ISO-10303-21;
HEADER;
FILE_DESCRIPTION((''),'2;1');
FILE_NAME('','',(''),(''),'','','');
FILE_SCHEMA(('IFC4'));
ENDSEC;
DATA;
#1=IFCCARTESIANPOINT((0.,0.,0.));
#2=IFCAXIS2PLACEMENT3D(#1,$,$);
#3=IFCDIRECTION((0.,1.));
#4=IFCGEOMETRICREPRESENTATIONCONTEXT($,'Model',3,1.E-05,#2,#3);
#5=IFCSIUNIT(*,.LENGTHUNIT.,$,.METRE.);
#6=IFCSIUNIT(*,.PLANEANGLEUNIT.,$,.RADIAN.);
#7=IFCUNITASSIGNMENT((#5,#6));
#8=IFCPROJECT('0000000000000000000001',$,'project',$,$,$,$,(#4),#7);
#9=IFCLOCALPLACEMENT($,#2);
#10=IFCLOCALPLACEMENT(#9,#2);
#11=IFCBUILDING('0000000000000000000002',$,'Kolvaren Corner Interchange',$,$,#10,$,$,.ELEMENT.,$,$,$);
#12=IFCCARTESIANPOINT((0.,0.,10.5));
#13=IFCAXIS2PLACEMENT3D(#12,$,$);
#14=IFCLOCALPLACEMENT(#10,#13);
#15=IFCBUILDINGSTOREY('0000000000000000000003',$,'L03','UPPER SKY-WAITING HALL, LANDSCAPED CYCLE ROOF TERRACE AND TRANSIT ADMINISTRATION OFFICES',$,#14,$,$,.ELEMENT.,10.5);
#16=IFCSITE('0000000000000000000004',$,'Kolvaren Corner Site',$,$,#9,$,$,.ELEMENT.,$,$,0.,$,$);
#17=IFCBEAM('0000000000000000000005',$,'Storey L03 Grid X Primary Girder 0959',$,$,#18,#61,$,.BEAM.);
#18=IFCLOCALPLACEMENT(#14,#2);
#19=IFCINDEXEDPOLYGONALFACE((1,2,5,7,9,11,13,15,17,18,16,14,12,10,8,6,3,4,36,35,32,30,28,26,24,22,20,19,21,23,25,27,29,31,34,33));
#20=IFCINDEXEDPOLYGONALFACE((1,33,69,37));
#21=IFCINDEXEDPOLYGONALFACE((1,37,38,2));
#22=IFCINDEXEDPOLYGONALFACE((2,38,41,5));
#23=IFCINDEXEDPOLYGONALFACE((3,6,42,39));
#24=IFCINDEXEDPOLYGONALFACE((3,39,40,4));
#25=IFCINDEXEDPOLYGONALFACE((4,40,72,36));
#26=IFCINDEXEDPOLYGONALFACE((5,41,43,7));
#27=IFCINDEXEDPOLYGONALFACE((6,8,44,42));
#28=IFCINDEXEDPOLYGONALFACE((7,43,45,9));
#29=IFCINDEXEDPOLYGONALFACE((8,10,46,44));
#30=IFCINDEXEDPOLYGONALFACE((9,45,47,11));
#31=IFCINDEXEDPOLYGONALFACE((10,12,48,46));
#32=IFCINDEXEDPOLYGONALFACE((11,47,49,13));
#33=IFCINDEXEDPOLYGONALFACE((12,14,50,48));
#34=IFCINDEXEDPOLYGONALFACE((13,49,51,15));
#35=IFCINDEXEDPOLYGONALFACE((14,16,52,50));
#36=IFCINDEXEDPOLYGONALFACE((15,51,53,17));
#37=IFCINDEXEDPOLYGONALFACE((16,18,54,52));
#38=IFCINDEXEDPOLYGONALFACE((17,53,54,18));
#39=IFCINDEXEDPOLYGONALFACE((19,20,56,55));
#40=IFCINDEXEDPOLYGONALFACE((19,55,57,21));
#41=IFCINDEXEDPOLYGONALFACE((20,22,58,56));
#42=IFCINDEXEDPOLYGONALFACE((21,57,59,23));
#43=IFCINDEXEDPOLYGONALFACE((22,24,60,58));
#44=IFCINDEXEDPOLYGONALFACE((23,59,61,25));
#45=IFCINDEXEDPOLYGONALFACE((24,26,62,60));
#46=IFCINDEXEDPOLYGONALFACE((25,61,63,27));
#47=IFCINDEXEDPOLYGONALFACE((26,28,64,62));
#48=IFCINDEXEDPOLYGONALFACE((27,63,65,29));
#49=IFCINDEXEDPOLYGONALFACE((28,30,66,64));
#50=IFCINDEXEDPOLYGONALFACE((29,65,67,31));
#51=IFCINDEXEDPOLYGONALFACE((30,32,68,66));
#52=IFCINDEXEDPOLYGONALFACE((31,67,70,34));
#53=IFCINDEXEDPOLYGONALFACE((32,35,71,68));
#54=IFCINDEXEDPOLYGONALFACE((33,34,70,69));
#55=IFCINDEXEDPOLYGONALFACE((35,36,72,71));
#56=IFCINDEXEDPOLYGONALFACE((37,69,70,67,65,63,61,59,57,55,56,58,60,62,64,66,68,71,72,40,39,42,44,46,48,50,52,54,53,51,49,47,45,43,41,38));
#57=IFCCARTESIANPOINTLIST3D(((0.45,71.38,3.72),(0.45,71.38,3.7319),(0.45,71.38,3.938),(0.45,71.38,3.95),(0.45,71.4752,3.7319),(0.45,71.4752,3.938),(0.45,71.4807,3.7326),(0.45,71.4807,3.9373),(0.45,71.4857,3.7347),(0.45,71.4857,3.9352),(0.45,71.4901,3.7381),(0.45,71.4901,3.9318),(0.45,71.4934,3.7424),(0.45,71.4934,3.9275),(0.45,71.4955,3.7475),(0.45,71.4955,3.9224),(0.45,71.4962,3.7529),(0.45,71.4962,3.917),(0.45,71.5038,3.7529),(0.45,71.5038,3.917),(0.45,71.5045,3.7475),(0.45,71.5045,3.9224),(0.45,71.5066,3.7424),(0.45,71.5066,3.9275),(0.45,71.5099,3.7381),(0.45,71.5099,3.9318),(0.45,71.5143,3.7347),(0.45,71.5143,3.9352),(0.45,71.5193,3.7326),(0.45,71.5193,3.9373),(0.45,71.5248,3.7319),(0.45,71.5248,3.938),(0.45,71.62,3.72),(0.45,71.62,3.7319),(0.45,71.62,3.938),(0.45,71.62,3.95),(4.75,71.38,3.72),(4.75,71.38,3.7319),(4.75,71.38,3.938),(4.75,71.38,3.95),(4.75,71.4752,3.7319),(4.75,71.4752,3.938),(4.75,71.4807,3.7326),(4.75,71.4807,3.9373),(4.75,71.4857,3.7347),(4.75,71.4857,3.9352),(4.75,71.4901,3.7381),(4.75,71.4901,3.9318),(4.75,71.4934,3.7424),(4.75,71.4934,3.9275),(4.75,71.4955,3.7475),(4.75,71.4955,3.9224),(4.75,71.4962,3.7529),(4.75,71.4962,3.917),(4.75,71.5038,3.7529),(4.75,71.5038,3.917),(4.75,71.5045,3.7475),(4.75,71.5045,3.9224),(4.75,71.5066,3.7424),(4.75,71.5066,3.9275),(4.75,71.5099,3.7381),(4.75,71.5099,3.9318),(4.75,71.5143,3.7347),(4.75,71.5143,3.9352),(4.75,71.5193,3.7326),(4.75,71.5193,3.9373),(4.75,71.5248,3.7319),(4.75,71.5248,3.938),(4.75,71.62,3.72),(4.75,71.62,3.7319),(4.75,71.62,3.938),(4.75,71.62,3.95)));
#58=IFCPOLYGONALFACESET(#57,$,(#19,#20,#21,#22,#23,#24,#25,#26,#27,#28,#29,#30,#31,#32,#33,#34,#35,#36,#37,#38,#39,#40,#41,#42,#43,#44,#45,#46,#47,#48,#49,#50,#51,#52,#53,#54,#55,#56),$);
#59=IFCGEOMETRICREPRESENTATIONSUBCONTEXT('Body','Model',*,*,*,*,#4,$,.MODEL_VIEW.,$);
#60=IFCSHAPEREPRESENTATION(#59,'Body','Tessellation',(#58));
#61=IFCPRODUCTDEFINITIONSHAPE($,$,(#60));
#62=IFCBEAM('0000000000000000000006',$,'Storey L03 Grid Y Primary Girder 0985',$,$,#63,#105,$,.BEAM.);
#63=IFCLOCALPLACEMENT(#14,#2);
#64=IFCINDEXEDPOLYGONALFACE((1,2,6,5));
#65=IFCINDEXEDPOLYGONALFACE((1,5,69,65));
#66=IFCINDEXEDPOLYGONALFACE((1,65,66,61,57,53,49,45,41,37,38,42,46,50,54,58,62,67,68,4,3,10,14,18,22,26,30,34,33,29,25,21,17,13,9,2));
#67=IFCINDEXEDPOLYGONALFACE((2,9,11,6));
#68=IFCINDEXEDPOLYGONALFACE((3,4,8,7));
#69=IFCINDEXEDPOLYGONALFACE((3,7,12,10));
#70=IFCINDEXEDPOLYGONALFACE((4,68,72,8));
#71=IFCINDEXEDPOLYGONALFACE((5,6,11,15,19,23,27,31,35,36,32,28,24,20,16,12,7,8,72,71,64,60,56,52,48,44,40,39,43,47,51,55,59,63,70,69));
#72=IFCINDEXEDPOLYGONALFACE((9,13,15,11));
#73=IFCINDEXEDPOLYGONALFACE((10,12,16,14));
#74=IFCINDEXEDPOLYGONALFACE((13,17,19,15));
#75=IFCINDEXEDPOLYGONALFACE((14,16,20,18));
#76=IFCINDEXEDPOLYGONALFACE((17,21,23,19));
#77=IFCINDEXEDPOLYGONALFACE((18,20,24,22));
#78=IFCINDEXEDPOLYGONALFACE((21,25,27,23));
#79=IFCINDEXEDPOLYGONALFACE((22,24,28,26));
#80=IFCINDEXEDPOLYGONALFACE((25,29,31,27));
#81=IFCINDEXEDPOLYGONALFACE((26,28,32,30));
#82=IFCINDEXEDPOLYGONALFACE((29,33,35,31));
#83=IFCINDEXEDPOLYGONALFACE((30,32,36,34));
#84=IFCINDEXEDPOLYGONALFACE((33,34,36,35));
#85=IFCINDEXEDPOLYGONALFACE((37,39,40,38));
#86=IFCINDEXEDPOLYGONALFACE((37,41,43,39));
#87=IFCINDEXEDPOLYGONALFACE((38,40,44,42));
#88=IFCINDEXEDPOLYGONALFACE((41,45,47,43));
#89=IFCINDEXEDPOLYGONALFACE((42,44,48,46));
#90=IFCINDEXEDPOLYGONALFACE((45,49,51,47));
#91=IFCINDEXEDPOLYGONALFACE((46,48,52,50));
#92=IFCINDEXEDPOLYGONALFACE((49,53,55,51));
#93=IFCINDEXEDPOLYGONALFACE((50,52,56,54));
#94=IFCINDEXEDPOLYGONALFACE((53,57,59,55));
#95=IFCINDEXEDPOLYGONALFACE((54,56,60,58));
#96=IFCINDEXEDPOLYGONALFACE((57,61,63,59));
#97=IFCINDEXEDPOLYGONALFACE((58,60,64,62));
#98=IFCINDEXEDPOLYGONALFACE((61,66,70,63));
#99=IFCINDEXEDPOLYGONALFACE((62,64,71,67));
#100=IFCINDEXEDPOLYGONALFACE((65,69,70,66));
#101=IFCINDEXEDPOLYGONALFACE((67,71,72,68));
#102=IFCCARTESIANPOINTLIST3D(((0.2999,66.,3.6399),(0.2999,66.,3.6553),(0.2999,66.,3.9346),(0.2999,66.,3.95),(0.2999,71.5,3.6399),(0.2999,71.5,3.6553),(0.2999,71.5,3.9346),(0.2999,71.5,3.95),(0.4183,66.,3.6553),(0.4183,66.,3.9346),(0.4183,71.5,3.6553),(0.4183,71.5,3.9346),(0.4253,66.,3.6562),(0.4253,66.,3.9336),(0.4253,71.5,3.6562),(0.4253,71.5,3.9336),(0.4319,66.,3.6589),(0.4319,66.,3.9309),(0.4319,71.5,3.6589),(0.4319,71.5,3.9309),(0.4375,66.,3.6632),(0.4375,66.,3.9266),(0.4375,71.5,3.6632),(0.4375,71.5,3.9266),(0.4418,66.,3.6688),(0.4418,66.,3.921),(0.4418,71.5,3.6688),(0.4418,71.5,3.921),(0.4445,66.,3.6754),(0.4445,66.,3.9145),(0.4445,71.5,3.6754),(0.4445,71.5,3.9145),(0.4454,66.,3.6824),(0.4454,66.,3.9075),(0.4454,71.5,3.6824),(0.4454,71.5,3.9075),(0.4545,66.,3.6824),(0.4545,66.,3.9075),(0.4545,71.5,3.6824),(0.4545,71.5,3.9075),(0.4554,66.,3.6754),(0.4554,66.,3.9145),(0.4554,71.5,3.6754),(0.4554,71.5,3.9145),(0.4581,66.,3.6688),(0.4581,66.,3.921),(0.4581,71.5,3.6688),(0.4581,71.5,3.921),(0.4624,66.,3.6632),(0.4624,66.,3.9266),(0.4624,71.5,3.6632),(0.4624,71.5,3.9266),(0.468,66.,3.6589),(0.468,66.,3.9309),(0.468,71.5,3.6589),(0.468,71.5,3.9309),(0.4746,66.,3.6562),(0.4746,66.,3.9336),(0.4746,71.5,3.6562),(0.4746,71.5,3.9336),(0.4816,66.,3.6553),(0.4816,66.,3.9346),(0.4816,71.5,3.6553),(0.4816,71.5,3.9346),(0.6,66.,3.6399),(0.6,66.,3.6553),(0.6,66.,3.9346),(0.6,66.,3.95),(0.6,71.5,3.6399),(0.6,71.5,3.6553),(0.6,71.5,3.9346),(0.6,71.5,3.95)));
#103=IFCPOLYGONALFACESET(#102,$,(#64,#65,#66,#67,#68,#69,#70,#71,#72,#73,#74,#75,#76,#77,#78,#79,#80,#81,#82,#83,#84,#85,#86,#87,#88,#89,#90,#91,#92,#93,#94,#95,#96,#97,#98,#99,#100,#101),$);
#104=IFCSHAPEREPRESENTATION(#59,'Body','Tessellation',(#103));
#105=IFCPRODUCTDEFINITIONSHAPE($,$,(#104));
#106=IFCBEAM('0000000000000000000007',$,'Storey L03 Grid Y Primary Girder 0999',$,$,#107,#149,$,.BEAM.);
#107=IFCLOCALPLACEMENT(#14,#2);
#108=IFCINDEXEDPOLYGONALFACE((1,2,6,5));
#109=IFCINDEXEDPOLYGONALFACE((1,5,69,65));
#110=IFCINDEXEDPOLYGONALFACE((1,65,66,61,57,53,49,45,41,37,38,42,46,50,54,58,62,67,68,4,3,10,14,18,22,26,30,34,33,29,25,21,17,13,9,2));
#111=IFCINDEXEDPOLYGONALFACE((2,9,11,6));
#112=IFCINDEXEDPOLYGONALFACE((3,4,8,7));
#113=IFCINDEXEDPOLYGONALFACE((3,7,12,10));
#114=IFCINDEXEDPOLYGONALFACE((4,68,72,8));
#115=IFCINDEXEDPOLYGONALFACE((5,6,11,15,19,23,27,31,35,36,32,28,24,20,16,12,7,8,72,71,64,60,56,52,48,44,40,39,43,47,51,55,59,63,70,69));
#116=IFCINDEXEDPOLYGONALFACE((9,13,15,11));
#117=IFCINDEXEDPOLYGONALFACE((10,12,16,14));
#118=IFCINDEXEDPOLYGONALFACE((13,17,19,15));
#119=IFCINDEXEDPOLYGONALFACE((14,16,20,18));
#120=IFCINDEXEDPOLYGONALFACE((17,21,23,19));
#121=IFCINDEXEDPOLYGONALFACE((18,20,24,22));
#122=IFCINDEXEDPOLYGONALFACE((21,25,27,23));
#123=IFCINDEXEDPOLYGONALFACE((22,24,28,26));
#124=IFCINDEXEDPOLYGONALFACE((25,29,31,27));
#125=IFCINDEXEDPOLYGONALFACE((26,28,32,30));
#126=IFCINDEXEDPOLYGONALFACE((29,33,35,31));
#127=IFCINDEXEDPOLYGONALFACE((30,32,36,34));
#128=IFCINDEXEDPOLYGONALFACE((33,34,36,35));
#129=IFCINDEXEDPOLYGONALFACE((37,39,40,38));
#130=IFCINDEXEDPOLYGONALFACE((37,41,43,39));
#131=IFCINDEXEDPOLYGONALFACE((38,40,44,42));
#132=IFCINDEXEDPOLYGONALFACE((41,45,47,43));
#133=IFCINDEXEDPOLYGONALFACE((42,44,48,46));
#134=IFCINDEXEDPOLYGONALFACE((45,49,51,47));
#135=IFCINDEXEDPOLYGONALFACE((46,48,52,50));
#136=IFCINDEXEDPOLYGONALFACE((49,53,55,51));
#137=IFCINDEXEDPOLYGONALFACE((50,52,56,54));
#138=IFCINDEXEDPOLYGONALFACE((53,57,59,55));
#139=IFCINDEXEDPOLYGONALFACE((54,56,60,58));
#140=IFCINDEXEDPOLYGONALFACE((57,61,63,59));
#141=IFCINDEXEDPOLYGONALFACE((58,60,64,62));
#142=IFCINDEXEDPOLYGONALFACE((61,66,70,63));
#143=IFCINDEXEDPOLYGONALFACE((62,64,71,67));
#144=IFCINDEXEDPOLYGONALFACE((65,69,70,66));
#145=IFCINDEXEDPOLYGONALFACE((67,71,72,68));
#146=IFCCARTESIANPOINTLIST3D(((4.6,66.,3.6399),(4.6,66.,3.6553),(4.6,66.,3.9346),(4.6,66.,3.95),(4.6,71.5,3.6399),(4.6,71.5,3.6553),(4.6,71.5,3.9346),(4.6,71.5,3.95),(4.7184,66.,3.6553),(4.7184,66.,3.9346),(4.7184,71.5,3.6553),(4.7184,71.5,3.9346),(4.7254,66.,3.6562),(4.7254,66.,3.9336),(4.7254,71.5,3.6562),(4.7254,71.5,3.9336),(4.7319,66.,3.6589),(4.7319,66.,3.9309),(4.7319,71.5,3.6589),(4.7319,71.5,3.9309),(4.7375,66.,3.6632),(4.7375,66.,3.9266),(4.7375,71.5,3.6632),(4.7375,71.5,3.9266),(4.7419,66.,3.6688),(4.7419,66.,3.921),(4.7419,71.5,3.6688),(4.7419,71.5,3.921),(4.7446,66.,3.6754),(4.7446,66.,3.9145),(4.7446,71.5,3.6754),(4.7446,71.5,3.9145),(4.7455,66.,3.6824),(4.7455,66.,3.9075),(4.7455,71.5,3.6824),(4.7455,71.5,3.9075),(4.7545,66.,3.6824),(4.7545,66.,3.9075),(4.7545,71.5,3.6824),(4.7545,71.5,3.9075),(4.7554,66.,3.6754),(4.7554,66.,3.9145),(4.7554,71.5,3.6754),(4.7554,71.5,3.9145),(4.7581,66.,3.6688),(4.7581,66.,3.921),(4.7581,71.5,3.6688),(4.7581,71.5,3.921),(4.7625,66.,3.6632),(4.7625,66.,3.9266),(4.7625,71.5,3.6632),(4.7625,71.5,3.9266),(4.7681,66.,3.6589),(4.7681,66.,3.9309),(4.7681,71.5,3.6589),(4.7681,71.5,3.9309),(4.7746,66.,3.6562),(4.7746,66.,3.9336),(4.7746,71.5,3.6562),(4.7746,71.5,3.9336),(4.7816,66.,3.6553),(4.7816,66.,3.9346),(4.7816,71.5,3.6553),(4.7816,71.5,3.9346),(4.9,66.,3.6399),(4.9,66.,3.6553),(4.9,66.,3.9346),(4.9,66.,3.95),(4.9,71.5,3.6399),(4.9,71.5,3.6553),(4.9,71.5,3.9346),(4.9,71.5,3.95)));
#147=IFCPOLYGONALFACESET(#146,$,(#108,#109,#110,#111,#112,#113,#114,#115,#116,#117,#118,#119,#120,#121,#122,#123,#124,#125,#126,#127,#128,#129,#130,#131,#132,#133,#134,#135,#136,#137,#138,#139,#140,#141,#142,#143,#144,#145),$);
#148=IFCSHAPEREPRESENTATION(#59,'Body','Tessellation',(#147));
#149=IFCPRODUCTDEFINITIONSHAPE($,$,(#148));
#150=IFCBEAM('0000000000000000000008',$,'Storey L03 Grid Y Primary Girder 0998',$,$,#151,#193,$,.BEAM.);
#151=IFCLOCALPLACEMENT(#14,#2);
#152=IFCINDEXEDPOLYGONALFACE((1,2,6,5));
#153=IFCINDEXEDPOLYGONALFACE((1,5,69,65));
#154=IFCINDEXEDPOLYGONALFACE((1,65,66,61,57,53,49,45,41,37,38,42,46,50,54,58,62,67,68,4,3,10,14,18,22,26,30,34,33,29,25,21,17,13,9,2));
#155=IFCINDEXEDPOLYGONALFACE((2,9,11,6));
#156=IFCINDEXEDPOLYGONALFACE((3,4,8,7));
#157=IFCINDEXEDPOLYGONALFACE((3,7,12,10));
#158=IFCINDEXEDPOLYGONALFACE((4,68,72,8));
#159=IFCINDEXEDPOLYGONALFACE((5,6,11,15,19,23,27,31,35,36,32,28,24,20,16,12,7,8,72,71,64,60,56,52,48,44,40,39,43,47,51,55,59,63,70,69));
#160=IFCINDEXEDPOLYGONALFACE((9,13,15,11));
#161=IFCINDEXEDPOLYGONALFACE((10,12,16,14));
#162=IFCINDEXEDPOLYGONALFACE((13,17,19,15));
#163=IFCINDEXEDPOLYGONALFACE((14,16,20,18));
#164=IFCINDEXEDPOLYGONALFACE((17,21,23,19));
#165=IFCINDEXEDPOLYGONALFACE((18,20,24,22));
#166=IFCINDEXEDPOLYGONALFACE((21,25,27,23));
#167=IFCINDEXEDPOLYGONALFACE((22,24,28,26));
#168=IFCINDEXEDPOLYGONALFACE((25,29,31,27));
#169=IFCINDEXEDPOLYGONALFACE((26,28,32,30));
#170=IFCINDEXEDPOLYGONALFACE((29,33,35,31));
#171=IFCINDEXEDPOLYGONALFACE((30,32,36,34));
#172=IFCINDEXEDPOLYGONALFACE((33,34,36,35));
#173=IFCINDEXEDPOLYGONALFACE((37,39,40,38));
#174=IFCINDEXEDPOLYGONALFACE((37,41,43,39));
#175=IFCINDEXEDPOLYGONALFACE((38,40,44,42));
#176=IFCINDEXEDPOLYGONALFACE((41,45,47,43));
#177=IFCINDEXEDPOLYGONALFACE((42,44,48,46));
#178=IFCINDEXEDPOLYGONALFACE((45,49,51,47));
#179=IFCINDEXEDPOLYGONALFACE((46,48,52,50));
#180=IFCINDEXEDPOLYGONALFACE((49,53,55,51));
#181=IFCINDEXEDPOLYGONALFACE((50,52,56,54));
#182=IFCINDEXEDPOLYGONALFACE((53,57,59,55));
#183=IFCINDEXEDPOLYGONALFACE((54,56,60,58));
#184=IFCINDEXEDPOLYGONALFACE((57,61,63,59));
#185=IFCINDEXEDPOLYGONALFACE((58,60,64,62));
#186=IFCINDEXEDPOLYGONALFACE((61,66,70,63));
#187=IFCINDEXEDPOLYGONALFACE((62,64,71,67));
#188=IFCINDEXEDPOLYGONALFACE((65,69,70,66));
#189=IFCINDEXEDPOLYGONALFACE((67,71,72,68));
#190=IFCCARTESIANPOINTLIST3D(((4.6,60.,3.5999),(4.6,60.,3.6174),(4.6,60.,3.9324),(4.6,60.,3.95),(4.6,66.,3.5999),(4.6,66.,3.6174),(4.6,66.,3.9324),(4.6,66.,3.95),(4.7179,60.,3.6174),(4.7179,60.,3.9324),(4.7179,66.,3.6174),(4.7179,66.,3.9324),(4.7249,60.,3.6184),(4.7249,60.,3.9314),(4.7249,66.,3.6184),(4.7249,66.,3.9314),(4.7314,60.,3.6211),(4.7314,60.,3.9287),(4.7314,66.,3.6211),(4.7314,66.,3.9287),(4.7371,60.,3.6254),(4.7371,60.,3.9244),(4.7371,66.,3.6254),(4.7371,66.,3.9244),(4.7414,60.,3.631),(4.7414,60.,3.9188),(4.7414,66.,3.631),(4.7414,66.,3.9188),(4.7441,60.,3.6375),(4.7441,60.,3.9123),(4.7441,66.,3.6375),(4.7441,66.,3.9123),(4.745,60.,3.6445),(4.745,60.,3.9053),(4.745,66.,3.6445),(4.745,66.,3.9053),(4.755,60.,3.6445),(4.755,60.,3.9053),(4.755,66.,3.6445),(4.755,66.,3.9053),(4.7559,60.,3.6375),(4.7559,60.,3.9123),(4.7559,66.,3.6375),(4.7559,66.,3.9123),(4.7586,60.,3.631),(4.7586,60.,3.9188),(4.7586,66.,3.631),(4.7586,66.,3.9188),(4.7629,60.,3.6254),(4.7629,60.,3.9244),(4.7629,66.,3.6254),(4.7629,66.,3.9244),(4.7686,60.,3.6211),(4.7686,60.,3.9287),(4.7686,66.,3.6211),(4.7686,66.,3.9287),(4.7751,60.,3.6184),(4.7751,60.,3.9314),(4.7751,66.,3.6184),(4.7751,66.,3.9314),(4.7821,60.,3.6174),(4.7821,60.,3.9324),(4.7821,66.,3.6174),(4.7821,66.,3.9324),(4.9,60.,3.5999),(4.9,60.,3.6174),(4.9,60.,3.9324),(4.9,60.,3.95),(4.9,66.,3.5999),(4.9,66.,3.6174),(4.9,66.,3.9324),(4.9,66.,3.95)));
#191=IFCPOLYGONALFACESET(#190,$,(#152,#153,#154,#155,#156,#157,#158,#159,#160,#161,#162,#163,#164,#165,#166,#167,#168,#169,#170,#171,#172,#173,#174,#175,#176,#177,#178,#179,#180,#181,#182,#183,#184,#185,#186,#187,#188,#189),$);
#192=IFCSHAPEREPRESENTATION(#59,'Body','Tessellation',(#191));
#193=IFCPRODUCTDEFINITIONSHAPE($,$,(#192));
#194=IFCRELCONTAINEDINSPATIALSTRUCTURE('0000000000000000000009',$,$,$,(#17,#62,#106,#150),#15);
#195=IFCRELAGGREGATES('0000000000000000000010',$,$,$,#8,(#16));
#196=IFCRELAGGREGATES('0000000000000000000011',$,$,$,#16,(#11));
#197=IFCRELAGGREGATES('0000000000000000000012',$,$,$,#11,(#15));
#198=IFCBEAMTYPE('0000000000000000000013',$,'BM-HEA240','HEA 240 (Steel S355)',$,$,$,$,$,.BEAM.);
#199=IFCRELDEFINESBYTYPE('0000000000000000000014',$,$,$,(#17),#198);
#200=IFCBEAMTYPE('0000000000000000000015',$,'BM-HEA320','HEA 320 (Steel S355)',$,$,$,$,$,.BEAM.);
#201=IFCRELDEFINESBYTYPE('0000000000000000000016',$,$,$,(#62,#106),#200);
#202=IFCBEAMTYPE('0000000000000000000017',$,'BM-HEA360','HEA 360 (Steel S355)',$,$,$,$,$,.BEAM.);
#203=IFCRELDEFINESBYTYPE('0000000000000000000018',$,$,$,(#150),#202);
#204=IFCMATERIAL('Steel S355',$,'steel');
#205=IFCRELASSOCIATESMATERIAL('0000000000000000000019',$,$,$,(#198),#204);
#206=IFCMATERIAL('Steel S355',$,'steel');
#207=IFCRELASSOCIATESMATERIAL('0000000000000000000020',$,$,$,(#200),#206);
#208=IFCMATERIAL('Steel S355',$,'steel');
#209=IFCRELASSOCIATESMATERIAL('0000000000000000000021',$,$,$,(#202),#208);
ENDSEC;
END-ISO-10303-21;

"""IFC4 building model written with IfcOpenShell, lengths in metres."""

from ifc_helpers import new_model, si_unit, direction, frame, origin, origin_2d, place, context, subcontext, project, spatial, i_section, extrude, material, material_profile, profile_set, type_object, element, save


model = new_model("IFC4")

# Units and contexts
model_context = context("Model", 3, precision=1e-05, world=origin(), true_north=direction((0.0, 1.0)))
body_context = subcontext(model_context, "Body", "Model", "MODEL_VIEW")
ifc_project = project(units=[si_unit("LENGTHUNIT", "METRE"), si_unit("PLANEANGLEUNIT", "RADIAN")], contexts=[model_context])

# Site, building, storey
site_placement = place(None, origin())
site = spatial("IfcSite", under=ifc_project, at=site_placement, Name="Kolvaren Corner Site", CompositionType="ELEMENT", RefElevation=0.0)
building_placement = place(site_placement, origin())
building = spatial("IfcBuilding", under=site, at=building_placement, Name="Kolvaren Corner Interchange", CompositionType="ELEMENT")
storey_placement = place(building_placement, frame((0.0, 0.0, 10.5)))
storey = spatial("IfcBuildingStorey", under=building, at=storey_placement, Name="L03", Description="UPPER SKY-WAITING HALL, LANDSCAPED CYCLE ROOF TERRACE AND TRANSIT ADMINISTRATION OFFICES", CompositionType="ELEMENT", Elevation=10.5)

# Beams
ifc_material_1 = material(Name="Steel S355", Category="steel")
ifc_material_profile_1 = material_profile(ifc_material_1, i_section(OverallWidth=0.24, OverallDepth=0.23, WebThickness=0.0076, FlangeThickness=0.012, FilletRadius=0.021, at=origin_2d()), Name="HEA 240")
ifc_profile_set_1 = profile_set([ifc_material_profile_1], Name="Steel S355")
beam_type_1 = type_object("IfcBeamType", Name="BM-HEA240", Description="HEA 240 (Steel S355)", PredefinedType="BEAM", material=ifc_profile_set_1)
for number, where, z_axis, x_axis, name in (
    (1, (0.45, 71.5, 3.835), (1.0, 0.0, 0.0), (0.0, 1.0, 0.0), "Storey L03 Grid X Primary Girder 0959"),
):
    element("IfcBeam", number, at=place(storey_placement, frame(where, z_axis=z_axis, x_axis=x_axis)), inside=storey, type_object=beam_type_1, Name=name, PredefinedType="BEAM", context=body_context, shape_type="SweptSolid", body=[
        extrude(i_section(OverallWidth=0.24, OverallDepth=0.23, WebThickness=0.0076, FlangeThickness=0.012, FilletRadius=0.021, at=origin_2d()), origin(), (0.0, 0.0, 1.0), 4.3),
    ])
ifc_material_2 = material(Name="Steel S355", Category="steel")
ifc_material_profile_2 = material_profile(ifc_material_2, i_section(OverallWidth=0.3, OverallDepth=0.3101, WebThickness=0.009, FlangeThickness=0.0154, FilletRadius=0.0271, at=origin_2d()), Name="HEA 320")
ifc_profile_set_2 = profile_set([ifc_material_profile_2], Name="Steel S355")
beam_type_2 = type_object("IfcBeamType", Name="BM-HEA320", Description="HEA 320 (Steel S355)", PredefinedType="BEAM", material=ifc_profile_set_2)
for number, where, z_axis, x_axis, name in (
    (2, (0.45, 66.0, 3.7949), (0.0, 1.0, 0.0), (-1.0, 0.0, 0.0), "Storey L03 Grid Y Primary Girder 0985"),
    (3, (4.75, 66.0, 3.7949), (0.0, 1.0, 0.0), (-1.0, 0.0, 0.0), "Storey L03 Grid Y Primary Girder 0999"),
):
    element("IfcBeam", number, at=place(storey_placement, frame(where, z_axis=z_axis, x_axis=x_axis)), inside=storey, type_object=beam_type_2, Name=name, PredefinedType="BEAM", context=body_context, shape_type="SweptSolid", body=[
        extrude(i_section(OverallWidth=0.3, OverallDepth=0.3101, WebThickness=0.009, FlangeThickness=0.0154, FilletRadius=0.0271, at=origin_2d()), origin(), (0.0, 0.0, 1.0), 5.5),
    ])
ifc_material_3 = material(Name="Steel S355", Category="steel")
ifc_material_profile_3 = material_profile(ifc_material_3, i_section(OverallWidth=0.3, OverallDepth=0.3501, WebThickness=0.01, FlangeThickness=0.0176, FilletRadius=0.0271, at=origin_2d()), Name="HEA 360")
ifc_profile_set_3 = profile_set([ifc_material_profile_3], Name="Steel S355")
beam_type_3 = type_object("IfcBeamType", Name="BM-HEA360", Description="HEA 360 (Steel S355)", PredefinedType="BEAM", material=ifc_profile_set_3)
beam_placement = place(storey_placement, frame((4.75, 60.0, 3.7749), z_axis=(0.0, 1.0, 0.0), x_axis=(-1.0, 0.0, 0.0)))
element("IfcBeam", 4, at=beam_placement, inside=storey, type_object=beam_type_3, Name="Storey L03 Grid Y Primary Girder 0998", PredefinedType="BEAM", context=body_context, shape_type="SweptSolid", body=[
    extrude(i_section(OverallWidth=0.3, OverallDepth=0.3501, WebThickness=0.01, FlangeThickness=0.0176, FilletRadius=0.0271, at=origin_2d()), origin(), (0.0, 0.0, 1.0), 6.0),
])

save(model, "model.ifc")
